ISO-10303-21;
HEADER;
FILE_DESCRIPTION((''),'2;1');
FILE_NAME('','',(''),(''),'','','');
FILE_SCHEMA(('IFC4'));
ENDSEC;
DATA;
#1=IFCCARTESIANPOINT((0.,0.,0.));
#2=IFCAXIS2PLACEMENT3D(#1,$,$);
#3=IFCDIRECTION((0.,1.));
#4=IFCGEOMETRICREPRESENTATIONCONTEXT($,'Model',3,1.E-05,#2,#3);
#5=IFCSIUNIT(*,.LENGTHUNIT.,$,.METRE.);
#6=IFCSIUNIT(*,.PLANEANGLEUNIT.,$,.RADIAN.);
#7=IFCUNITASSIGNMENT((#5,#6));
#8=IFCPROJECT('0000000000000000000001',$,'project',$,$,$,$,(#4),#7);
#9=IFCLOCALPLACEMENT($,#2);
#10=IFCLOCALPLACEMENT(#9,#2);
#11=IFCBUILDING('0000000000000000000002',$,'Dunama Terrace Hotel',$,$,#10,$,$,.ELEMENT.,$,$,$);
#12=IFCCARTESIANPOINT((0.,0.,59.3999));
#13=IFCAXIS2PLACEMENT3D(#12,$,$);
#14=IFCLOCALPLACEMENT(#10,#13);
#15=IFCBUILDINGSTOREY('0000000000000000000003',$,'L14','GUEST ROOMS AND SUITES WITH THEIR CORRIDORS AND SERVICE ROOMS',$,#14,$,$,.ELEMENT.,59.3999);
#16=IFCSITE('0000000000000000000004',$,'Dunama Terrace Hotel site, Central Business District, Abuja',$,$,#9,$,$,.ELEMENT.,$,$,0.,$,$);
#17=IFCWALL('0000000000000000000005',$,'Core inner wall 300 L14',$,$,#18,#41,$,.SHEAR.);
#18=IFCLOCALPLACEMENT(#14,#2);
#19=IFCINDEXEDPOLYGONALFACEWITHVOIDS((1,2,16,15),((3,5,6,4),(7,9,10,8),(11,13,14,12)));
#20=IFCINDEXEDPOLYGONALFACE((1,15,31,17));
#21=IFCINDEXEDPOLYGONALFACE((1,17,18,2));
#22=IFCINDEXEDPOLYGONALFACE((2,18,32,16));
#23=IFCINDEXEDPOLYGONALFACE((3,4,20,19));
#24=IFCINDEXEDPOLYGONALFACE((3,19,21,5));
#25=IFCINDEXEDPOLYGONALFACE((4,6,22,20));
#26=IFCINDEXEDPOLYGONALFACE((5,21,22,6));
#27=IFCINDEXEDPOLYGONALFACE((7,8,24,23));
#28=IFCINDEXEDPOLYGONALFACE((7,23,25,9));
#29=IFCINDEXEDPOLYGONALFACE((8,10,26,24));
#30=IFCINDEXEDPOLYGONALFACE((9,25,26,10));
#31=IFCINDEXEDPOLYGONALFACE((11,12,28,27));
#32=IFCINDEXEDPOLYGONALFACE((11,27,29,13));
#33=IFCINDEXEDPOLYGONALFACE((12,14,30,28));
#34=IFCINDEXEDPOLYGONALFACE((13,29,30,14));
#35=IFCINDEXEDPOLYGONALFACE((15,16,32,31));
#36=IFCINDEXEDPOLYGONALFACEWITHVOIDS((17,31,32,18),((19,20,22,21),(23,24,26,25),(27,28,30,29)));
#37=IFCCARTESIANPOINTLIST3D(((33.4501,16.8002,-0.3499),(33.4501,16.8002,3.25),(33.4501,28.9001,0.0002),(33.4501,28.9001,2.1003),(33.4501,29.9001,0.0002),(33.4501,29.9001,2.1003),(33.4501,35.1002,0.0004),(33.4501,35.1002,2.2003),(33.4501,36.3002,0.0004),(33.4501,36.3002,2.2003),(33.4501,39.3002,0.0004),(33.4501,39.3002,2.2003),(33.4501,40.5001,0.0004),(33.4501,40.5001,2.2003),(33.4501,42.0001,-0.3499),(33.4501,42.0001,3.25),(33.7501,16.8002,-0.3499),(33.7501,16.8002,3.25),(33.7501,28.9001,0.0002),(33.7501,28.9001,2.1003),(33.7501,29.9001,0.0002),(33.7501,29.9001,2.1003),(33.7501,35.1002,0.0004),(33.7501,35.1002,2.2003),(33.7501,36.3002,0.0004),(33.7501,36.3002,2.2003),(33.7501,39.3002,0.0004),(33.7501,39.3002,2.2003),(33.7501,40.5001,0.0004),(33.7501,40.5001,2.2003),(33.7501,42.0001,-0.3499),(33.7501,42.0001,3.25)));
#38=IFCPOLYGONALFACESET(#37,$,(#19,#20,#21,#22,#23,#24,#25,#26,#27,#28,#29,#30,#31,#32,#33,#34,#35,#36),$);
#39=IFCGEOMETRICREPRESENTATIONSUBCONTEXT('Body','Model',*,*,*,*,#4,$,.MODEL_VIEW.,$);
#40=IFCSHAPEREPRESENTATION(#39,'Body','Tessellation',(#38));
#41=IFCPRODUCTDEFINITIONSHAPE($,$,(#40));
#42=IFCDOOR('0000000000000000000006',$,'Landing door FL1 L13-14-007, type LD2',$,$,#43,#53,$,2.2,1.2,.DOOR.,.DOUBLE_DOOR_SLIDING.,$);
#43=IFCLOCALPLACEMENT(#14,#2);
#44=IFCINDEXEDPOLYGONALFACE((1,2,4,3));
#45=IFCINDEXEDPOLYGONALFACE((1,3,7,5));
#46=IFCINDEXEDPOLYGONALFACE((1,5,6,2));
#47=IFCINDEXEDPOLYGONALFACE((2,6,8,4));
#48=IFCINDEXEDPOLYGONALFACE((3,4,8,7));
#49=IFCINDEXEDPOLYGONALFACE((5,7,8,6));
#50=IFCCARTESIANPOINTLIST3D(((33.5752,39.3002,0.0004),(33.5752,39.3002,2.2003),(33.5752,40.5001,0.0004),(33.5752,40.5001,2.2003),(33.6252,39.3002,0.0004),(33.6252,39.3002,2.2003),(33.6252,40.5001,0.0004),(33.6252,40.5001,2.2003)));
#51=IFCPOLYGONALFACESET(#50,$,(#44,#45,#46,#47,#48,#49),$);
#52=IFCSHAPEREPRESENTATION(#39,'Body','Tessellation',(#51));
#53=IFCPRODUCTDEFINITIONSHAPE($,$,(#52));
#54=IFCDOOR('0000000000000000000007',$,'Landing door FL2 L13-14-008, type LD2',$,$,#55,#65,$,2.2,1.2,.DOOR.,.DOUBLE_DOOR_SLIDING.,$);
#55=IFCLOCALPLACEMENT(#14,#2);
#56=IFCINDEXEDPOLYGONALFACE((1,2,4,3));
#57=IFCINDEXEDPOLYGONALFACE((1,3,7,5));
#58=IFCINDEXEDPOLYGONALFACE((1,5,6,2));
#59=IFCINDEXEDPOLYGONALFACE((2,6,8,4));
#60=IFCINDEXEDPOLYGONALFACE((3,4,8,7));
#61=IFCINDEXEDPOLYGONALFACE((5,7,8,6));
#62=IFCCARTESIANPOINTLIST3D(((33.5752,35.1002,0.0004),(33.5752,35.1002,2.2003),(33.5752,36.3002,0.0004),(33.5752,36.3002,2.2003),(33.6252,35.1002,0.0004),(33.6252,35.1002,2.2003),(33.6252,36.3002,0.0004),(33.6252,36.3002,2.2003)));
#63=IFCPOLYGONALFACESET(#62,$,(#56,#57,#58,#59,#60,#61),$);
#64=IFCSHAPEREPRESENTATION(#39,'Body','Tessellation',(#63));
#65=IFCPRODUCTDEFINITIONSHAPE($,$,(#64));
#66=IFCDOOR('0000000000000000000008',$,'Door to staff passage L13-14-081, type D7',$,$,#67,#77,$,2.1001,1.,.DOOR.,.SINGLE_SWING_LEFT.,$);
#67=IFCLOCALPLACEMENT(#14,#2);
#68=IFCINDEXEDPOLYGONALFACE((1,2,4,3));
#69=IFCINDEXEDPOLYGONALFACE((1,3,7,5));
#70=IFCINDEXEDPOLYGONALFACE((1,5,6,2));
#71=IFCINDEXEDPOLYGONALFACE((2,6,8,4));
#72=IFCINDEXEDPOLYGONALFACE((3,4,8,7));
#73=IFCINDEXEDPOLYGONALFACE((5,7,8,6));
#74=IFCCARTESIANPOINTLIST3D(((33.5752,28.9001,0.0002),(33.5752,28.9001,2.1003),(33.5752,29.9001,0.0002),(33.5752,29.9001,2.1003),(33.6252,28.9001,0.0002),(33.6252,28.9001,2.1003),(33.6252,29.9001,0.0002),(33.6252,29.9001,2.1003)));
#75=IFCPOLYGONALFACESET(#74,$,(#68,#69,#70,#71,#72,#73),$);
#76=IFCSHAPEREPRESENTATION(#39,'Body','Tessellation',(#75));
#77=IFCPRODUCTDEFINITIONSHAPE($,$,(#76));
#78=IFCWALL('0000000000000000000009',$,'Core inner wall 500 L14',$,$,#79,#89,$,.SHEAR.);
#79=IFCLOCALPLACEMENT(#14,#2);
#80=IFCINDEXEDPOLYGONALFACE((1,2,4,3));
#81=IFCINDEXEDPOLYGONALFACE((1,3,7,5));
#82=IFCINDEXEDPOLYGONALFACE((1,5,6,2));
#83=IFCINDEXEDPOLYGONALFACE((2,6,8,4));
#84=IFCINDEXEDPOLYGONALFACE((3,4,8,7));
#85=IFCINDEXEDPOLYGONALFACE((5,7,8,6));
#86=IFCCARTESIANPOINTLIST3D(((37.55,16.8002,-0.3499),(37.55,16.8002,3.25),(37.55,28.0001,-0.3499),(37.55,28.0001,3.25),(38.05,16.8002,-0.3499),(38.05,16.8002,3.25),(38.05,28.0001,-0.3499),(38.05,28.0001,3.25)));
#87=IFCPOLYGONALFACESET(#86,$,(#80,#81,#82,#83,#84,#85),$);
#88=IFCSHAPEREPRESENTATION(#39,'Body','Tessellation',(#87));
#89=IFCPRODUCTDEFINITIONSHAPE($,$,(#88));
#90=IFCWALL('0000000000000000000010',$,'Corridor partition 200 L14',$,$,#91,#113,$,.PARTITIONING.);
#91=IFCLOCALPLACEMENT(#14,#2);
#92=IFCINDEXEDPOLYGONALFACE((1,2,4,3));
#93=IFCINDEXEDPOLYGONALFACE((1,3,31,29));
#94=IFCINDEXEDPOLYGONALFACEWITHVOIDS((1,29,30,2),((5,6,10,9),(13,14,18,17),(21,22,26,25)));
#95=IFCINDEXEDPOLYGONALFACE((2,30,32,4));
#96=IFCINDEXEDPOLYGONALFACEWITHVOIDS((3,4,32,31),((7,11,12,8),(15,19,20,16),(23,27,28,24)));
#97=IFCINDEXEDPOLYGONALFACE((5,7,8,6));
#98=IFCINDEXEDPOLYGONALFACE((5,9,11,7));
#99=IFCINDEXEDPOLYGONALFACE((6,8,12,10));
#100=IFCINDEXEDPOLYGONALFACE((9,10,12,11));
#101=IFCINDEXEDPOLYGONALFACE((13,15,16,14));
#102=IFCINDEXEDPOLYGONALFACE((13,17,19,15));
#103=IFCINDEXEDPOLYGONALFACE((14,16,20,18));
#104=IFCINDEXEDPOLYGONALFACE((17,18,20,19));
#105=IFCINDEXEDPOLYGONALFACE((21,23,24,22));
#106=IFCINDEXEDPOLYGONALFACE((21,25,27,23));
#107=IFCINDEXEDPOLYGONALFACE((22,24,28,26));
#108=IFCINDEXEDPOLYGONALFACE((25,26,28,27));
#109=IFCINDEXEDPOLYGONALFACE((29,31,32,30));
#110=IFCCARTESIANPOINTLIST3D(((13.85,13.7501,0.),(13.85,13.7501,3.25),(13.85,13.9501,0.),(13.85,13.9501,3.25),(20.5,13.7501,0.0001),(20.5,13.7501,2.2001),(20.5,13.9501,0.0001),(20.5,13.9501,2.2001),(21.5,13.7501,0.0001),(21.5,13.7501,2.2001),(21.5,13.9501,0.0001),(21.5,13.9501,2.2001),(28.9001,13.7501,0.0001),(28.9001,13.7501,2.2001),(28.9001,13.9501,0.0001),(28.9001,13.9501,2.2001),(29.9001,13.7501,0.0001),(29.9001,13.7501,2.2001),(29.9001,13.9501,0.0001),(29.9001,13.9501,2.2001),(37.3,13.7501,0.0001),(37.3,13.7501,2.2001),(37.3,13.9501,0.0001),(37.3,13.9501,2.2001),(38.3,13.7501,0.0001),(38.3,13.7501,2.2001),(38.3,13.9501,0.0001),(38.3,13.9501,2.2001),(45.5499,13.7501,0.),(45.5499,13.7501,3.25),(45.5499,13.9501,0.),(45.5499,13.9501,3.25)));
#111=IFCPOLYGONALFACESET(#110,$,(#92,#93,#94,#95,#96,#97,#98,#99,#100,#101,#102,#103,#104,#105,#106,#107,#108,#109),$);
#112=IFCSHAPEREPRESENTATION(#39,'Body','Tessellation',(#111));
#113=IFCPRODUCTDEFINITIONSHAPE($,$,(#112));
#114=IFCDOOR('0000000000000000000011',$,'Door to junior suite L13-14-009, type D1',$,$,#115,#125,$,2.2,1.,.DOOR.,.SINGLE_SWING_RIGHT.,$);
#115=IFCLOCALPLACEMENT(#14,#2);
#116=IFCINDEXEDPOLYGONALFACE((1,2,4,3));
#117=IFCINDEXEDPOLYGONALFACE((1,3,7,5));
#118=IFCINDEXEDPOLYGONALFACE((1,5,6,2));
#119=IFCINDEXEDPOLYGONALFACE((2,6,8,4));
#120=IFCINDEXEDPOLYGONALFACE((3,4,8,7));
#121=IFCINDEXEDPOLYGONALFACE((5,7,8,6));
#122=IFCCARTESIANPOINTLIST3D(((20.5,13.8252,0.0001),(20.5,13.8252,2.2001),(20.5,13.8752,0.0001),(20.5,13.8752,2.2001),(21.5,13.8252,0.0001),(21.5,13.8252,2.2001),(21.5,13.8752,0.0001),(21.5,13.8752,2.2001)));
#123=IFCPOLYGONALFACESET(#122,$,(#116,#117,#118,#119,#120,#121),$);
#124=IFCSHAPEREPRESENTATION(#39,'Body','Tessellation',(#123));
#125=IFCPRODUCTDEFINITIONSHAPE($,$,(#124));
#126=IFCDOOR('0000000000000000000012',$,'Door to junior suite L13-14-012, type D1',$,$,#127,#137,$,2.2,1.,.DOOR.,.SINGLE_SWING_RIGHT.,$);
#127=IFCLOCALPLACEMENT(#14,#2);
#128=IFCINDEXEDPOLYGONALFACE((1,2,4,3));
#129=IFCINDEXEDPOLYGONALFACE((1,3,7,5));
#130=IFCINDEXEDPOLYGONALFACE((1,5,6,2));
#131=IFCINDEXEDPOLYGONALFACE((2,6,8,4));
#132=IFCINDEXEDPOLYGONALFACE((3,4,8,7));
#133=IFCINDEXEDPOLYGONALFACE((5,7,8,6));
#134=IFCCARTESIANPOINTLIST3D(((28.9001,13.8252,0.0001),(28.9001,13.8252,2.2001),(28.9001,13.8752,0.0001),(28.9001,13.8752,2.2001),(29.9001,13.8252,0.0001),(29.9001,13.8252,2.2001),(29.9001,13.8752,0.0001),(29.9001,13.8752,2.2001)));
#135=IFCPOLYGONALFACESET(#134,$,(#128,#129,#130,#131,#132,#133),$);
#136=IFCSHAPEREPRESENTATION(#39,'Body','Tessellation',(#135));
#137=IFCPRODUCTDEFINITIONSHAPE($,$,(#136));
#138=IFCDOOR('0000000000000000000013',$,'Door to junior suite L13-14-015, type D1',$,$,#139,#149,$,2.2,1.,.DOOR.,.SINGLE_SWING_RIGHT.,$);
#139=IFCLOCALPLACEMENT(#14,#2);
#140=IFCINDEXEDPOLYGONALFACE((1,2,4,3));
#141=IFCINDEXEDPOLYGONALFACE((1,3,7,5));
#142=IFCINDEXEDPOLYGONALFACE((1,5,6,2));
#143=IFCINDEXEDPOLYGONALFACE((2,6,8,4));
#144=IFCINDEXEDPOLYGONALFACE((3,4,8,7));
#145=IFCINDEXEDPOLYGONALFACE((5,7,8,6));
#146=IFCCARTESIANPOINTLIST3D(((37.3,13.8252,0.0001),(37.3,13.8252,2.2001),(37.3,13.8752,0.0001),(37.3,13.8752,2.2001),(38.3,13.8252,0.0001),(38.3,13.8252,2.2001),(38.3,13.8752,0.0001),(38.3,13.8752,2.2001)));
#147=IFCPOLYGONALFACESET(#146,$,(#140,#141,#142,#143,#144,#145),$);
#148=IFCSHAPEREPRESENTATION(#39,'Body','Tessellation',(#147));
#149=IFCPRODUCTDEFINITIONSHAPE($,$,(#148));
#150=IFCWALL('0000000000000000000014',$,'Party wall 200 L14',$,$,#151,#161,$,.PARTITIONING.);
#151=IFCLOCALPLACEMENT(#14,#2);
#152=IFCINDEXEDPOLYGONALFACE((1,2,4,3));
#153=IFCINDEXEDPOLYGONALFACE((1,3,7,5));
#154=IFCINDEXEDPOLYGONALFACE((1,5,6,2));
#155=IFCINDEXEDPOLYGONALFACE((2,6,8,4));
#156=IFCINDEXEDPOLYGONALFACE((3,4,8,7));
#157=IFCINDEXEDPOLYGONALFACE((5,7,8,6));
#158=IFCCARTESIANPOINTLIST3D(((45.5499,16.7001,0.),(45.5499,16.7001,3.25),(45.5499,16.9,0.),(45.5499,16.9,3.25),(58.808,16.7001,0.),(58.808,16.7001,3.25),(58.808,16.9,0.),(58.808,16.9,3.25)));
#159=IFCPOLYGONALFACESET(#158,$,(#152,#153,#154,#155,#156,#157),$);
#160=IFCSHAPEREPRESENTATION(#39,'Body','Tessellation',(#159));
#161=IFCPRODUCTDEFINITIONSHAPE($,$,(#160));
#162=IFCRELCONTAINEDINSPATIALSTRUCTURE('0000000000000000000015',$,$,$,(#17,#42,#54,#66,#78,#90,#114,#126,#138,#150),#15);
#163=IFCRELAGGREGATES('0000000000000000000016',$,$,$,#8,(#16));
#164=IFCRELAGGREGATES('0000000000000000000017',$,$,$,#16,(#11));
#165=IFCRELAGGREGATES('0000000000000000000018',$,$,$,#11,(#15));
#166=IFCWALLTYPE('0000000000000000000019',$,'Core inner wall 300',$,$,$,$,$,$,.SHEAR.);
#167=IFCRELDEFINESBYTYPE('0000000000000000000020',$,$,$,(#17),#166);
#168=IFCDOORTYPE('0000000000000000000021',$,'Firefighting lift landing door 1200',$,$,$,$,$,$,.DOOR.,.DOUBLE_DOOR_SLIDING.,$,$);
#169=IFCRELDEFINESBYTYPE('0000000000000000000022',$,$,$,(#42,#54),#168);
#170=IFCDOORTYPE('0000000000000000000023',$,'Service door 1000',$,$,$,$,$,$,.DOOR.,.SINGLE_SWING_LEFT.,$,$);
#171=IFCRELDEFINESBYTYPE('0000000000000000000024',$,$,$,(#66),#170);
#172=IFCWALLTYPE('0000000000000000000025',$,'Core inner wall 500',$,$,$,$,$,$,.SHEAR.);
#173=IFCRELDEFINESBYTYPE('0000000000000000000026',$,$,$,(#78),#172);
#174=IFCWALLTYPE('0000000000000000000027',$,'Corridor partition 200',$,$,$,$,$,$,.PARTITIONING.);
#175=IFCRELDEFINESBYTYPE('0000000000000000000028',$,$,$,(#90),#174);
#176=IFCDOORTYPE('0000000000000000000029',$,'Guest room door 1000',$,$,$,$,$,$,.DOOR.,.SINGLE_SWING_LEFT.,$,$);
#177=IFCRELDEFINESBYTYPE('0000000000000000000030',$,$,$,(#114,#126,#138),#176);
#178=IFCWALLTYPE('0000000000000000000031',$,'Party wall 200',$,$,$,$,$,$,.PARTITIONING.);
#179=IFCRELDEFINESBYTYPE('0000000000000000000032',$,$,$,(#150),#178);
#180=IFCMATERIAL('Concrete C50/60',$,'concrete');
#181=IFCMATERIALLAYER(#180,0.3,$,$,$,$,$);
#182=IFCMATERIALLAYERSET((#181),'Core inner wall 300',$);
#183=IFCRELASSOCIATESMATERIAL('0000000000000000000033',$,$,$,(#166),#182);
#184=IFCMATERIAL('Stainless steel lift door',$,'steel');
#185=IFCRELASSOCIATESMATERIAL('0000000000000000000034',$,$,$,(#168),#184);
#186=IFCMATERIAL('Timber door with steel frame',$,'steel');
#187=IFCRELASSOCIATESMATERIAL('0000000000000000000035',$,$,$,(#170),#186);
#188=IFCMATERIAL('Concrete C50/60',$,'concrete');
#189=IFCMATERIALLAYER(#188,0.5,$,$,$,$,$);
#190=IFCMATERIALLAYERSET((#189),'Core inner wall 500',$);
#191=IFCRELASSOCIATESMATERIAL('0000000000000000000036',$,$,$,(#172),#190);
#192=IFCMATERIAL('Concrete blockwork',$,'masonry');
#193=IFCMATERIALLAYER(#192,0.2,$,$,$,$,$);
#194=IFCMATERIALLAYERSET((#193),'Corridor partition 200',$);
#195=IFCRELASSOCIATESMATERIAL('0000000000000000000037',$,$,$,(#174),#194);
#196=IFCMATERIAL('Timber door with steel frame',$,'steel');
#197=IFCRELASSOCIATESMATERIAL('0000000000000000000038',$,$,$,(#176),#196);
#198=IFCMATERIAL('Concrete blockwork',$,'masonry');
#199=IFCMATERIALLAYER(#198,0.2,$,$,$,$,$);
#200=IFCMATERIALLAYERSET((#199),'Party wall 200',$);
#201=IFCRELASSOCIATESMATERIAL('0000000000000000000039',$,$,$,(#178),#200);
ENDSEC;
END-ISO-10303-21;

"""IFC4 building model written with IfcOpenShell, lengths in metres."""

from ifc_helpers import new_model, si_unit, direction, frame, frame_2d, origin, place, context, subcontext, project, spatial, rectangle, extrude, material, layer, layer_set, type_object, element, fill, save


model = new_model("IFC4")

# Units and contexts
model_context = context("Model", 3, precision=1e-05, world=origin(), true_north=direction((0.0, 1.0)))
body_context = subcontext(model_context, "Body", "Model", "MODEL_VIEW")
ifc_project = project(units=[si_unit("LENGTHUNIT", "METRE"), si_unit("PLANEANGLEUNIT", "RADIAN")], contexts=[model_context])

# Site, building, storey
site_placement = place(None, origin())
site = spatial("IfcSite", under=ifc_project, at=site_placement, Name="Dunama Terrace Hotel site, Central Business District, Abuja", CompositionType="ELEMENT", RefElevation=0.0)
building_placement = place(site_placement, origin())
building = spatial("IfcBuilding", under=site, at=building_placement, Name="Dunama Terrace Hotel", CompositionType="ELEMENT")
storey_placement = place(building_placement, frame((0.0, 0.0, 59.3999)))
storey = spatial("IfcBuildingStorey", under=building, at=storey_placement, Name="L14", Description="GUEST ROOMS AND SUITES WITH THEIR CORRIDORS AND SERVICE ROOMS", CompositionType="ELEMENT", Elevation=59.3999)

# Wall, openings, doors
ifc_material_1 = material(Name="Concrete C50/60", Category="concrete")
ifc_layer_1 = layer(ifc_material_1, 0.3)
ifc_layer_set_1 = layer_set([ifc_layer_1], Name="Core inner wall 300")
wall_type_1 = type_object("IfcWallType", Name="Core inner wall 300", PredefinedType="SHEAR", material=ifc_layer_set_1)
wall_1_placement = place(storey_placement, frame((33.6001, 16.8, -0.3499), z_axis=(0.0, 0.0, 1.0), x_axis=(0.0, 1.0, 0.0)))
wall_1 = element("IfcWall", 1, at=wall_1_placement, inside=storey, type_object=wall_type_1, Name="Core inner wall 300 L14", PredefinedType="SHEAR", context=body_context, shape_type="SweptSolid", body=[
    extrude(rectangle(XDim=25.2, YDim=0.3, at=frame_2d((12.6001, 0.0))), origin(), (0.0, 0.0, 1.0), 3.5999),
])
opening_1_placement = place(wall_1_placement, frame((22.5, 0.0, 0.3501)))
opening_1 = element("IfcOpeningElement", 2, at=opening_1_placement, cuts=wall_1, PredefinedType="OPENING", context=body_context, shape_type="SweptSolid", body=[
    extrude(rectangle(XDim=1.2, YDim=2.2, at=frame_2d((0.6001, 1.1001))), frame((0.0, 0.1599, 0.0), z_axis=(0.0, -1.0, 0.0), x_axis=(1.0, 0.0, 0.0)), (0.0, 0.0, 1.0), 0.3201),
])
opening_2_placement = place(wall_1_placement, frame((18.3, 0.0, 0.3501)))
opening_2 = element("IfcOpeningElement", 3, at=opening_2_placement, cuts=wall_1, PredefinedType="OPENING", context=body_context, shape_type="SweptSolid", body=[
    extrude(rectangle(XDim=1.2, YDim=2.2, at=frame_2d((0.6001, 1.1001))), frame((0.0, 0.1599, 0.0), z_axis=(0.0, -1.0, 0.0), x_axis=(1.0, 0.0, 0.0)), (0.0, 0.0, 1.0), 0.3201),
])
opening_3_placement = place(wall_1_placement, frame((12.1001, 0.0, 0.3501)))
opening_3 = element("IfcOpeningElement", 4, at=opening_3_placement, cuts=wall_1, PredefinedType="OPENING", context=body_context, shape_type="SweptSolid", body=[
    extrude(rectangle(XDim=1.0, YDim=2.1001, at=frame_2d((0.5, 1.05))), frame((0.0, 0.1599, 0.0), z_axis=(0.0, -1.0, 0.0), x_axis=(1.0, 0.0, 0.0)), (0.0, 0.0, 1.0), 0.3201),
])
ifc_material_2 = material(Name="Stainless steel lift door", Category="steel")
door_type_1 = type_object("IfcDoorType", Name="Firefighting lift landing door 1200", OperationType="DOUBLE_DOOR_SLIDING", PredefinedType="DOOR", material=ifc_material_2)
door_1_placement = place(opening_1_placement, origin())
door_1 = element("IfcDoor", 5, at=door_1_placement, inside=storey, type_object=door_type_1, Name="Landing door FL1 L13-14-007, type LD2", OperationType="DOUBLE_DOOR_SLIDING", OverallHeight=2.2, OverallWidth=1.2, PredefinedType="DOOR", context=body_context, shape_type="SweptSolid", body=[
    extrude(rectangle(XDim=1.2, YDim=2.2, at=frame_2d((0.6001, 1.1001))), frame((0.0, 0.0249, 0.0), z_axis=(0.0, -1.0, 0.0), x_axis=(1.0, 0.0, 0.0)), (0.0, 0.0, 1.0), 0.05),
])
fill(opening_1, door_1)
door_2_placement = place(opening_2_placement, origin())
door_2 = element("IfcDoor", 6, at=door_2_placement, inside=storey, type_object=door_type_1, Name="Landing door FL2 L13-14-008, type LD2", OperationType="DOUBLE_DOOR_SLIDING", OverallHeight=2.2, OverallWidth=1.2, PredefinedType="DOOR", context=body_context, shape_type="SweptSolid", body=[
    extrude(rectangle(XDim=1.2, YDim=2.2, at=frame_2d((0.6001, 1.1001))), frame((0.0, 0.0249, 0.0), z_axis=(0.0, -1.0, 0.0), x_axis=(1.0, 0.0, 0.0)), (0.0, 0.0, 1.0), 0.05),
])
fill(opening_2, door_2)
ifc_material_3 = material(Name="Timber door with steel frame", Category="steel")
door_type_2 = type_object("IfcDoorType", Name="Service door 1000", OperationType="SINGLE_SWING_LEFT", PredefinedType="DOOR", material=ifc_material_3)
door_3_placement = place(opening_3_placement, origin())
door_3 = element("IfcDoor", 7, at=door_3_placement, inside=storey, type_object=door_type_2, Name="Door to staff passage L13-14-081, type D7", OperationType="SINGLE_SWING_LEFT", OverallHeight=2.1001, OverallWidth=1.0, PredefinedType="DOOR", context=body_context, shape_type="SweptSolid", body=[
    extrude(rectangle(XDim=1.0, YDim=2.1001, at=frame_2d((0.5, 1.05))), frame((0.0, 0.0249, 0.0), z_axis=(0.0, -1.0, 0.0), x_axis=(1.0, 0.0, 0.0)), (0.0, 0.0, 1.0), 0.05),
])
fill(opening_3, door_3)

# Wall
ifc_material_4 = material(Name="Concrete C50/60", Category="concrete")
ifc_layer_2 = layer(ifc_material_4, 0.5)
ifc_layer_set_2 = layer_set([ifc_layer_2], Name="Core inner wall 500")
wall_type_2 = type_object("IfcWallType", Name="Core inner wall 500", PredefinedType="SHEAR", material=ifc_layer_set_2)
wall_2_placement = place(storey_placement, frame((37.8, 16.8, -0.3499), z_axis=(0.0, 0.0, 1.0), x_axis=(0.0, 1.0, 0.0)))
element("IfcWall", 8, at=wall_2_placement, inside=storey, type_object=wall_type_2, Name="Core inner wall 500 L14", PredefinedType="SHEAR", context=body_context, shape_type="SweptSolid", body=[
    extrude(rectangle(XDim=11.2, YDim=0.5, at=frame_2d((5.6001, 0.0))), origin(), (0.0, 0.0, 1.0), 3.5999),
])

# Wall, openings, doors
ifc_material_5 = material(Name="Concrete blockwork", Category="masonry")
ifc_layer_3 = layer(ifc_material_5, 0.2)
ifc_layer_set_3 = layer_set([ifc_layer_3], Name="Corridor partition 200")
wall_type_3 = type_object("IfcWallType", Name="Corridor partition 200", PredefinedType="PARTITIONING", material=ifc_layer_set_3)
wall_3_placement = place(storey_placement, frame((45.55, 13.8501, 0.0), z_axis=(0.0, 0.0, 1.0), x_axis=(-1.0, 0.0, 0.0)))
wall_3 = element("IfcWall", 9, at=wall_3_placement, inside=storey, type_object=wall_type_3, Name="Corridor partition 200 L14", PredefinedType="PARTITIONING", context=body_context, shape_type="SweptSolid", body=[
    extrude(rectangle(XDim=31.7, YDim=0.2, at=frame_2d((15.8501, 0.0))), origin(), (0.0, 0.0, 1.0), 3.25),
])
opening_4_placement = place(wall_3_placement, frame((24.05, 0.0, 0.0)))
opening_4 = element("IfcOpeningElement", 10, at=opening_4_placement, cuts=wall_3, PredefinedType="OPENING", context=body_context, shape_type="SweptSolid", body=[
    extrude(rectangle(XDim=1.0, YDim=2.2, at=frame_2d((0.5, 1.1001))), frame((0.0, 0.1099, 0.0), z_axis=(0.0, -1.0, 0.0), x_axis=(1.0, 0.0, 0.0)), (0.0, 0.0, 1.0), 0.22),
])
opening_5_placement = place(wall_3_placement, frame((15.6499, 0.0, 0.0)))
opening_5 = element("IfcOpeningElement", 11, at=opening_5_placement, cuts=wall_3, PredefinedType="OPENING", context=body_context, shape_type="SweptSolid", body=[
    extrude(rectangle(XDim=1.0, YDim=2.2, at=frame_2d((0.5, 1.1001))), frame((0.0, 0.1099, 0.0), z_axis=(0.0, -1.0, 0.0), x_axis=(1.0, 0.0, 0.0)), (0.0, 0.0, 1.0), 0.22),
])
opening_6_placement = place(wall_3_placement, frame((7.25, 0.0, 0.0)))
opening_6 = element("IfcOpeningElement", 12, at=opening_6_placement, cuts=wall_3, PredefinedType="OPENING", context=body_context, shape_type="SweptSolid", body=[
    extrude(rectangle(XDim=1.0, YDim=2.2, at=frame_2d((0.5, 1.1001))), frame((0.0, 0.1099, 0.0), z_axis=(0.0, -1.0, 0.0), x_axis=(1.0, 0.0, 0.0)), (0.0, 0.0, 1.0), 0.22),
])
ifc_material_6 = material(Name="Timber door with steel frame", Category="steel")
door_type_3 = type_object("IfcDoorType", Name="Guest room door 1000", OperationType="SINGLE_SWING_LEFT", PredefinedType="DOOR", material=ifc_material_6)
door_4_placement = place(opening_4_placement, origin())
door_4 = element("IfcDoor", 13, at=door_4_placement, inside=storey, type_object=door_type_3, Name="Door to junior suite L13-14-009, type D1", OperationType="SINGLE_SWING_RIGHT", OverallHeight=2.2, OverallWidth=1.0, PredefinedType="DOOR", context=body_context, shape_type="SweptSolid", body=[
    extrude(rectangle(XDim=1.0, YDim=2.2, at=frame_2d((0.5, 1.1001))), frame((0.0, 0.0249, 0.0), z_axis=(0.0, -1.0, 0.0), x_axis=(1.0, 0.0, 0.0)), (0.0, 0.0, 1.0), 0.05),
])
fill(opening_4, door_4)
door_5_placement = place(opening_5_placement, origin())
door_5 = element("IfcDoor", 14, at=door_5_placement, inside=storey, type_object=door_type_3, Name="Door to junior suite L13-14-012, type D1", OperationType="SINGLE_SWING_RIGHT", OverallHeight=2.2, OverallWidth=1.0, PredefinedType="DOOR", context=body_context, shape_type="SweptSolid", body=[
    extrude(rectangle(XDim=1.0, YDim=2.2, at=frame_2d((0.5, 1.1001))), frame((0.0, 0.0249, 0.0), z_axis=(0.0, -1.0, 0.0), x_axis=(1.0, 0.0, 0.0)), (0.0, 0.0, 1.0), 0.05),
])
fill(opening_5, door_5)
door_6_placement = place(opening_6_placement, origin())
door_6 = element("IfcDoor", 15, at=door_6_placement, inside=storey, type_object=door_type_3, Name="Door to junior suite L13-14-015, type D1", OperationType="SINGLE_SWING_RIGHT", OverallHeight=2.2, OverallWidth=1.0, PredefinedType="DOOR", context=body_context, shape_type="SweptSolid", body=[
    extrude(rectangle(XDim=1.0, YDim=2.2, at=frame_2d((0.5, 1.1001))), frame((0.0, 0.0249, 0.0), z_axis=(0.0, -1.0, 0.0), x_axis=(1.0, 0.0, 0.0)), (0.0, 0.0, 1.0), 0.05),
])
fill(opening_6, door_6)

# Wall
ifc_material_7 = material(Name="Concrete blockwork", Category="masonry")
ifc_layer_4 = layer(ifc_material_7, 0.2)
ifc_layer_set_4 = layer_set([ifc_layer_4], Name="Party wall 200")
wall_type_4 = type_object("IfcWallType", Name="Party wall 200", PredefinedType="PARTITIONING", material=ifc_layer_set_4)
wall_4_placement = place(storey_placement, frame((45.55, 16.8, 0.0), z_axis=(0.0, 0.0, 1.0), x_axis=(1.0, 0.0, 0.0)))
element("IfcWall", 16, at=wall_4_placement, inside=storey, type_object=wall_type_4, Name="Party wall 200 L14", PredefinedType="PARTITIONING", context=body_context, shape_type="SweptSolid", body=[
    extrude(rectangle(XDim=13.2581, YDim=0.2, at=frame_2d((6.6289, 0.0))), origin(), (0.0, 0.0, 1.0), 3.25),
])

save(model, "model.ifc")
